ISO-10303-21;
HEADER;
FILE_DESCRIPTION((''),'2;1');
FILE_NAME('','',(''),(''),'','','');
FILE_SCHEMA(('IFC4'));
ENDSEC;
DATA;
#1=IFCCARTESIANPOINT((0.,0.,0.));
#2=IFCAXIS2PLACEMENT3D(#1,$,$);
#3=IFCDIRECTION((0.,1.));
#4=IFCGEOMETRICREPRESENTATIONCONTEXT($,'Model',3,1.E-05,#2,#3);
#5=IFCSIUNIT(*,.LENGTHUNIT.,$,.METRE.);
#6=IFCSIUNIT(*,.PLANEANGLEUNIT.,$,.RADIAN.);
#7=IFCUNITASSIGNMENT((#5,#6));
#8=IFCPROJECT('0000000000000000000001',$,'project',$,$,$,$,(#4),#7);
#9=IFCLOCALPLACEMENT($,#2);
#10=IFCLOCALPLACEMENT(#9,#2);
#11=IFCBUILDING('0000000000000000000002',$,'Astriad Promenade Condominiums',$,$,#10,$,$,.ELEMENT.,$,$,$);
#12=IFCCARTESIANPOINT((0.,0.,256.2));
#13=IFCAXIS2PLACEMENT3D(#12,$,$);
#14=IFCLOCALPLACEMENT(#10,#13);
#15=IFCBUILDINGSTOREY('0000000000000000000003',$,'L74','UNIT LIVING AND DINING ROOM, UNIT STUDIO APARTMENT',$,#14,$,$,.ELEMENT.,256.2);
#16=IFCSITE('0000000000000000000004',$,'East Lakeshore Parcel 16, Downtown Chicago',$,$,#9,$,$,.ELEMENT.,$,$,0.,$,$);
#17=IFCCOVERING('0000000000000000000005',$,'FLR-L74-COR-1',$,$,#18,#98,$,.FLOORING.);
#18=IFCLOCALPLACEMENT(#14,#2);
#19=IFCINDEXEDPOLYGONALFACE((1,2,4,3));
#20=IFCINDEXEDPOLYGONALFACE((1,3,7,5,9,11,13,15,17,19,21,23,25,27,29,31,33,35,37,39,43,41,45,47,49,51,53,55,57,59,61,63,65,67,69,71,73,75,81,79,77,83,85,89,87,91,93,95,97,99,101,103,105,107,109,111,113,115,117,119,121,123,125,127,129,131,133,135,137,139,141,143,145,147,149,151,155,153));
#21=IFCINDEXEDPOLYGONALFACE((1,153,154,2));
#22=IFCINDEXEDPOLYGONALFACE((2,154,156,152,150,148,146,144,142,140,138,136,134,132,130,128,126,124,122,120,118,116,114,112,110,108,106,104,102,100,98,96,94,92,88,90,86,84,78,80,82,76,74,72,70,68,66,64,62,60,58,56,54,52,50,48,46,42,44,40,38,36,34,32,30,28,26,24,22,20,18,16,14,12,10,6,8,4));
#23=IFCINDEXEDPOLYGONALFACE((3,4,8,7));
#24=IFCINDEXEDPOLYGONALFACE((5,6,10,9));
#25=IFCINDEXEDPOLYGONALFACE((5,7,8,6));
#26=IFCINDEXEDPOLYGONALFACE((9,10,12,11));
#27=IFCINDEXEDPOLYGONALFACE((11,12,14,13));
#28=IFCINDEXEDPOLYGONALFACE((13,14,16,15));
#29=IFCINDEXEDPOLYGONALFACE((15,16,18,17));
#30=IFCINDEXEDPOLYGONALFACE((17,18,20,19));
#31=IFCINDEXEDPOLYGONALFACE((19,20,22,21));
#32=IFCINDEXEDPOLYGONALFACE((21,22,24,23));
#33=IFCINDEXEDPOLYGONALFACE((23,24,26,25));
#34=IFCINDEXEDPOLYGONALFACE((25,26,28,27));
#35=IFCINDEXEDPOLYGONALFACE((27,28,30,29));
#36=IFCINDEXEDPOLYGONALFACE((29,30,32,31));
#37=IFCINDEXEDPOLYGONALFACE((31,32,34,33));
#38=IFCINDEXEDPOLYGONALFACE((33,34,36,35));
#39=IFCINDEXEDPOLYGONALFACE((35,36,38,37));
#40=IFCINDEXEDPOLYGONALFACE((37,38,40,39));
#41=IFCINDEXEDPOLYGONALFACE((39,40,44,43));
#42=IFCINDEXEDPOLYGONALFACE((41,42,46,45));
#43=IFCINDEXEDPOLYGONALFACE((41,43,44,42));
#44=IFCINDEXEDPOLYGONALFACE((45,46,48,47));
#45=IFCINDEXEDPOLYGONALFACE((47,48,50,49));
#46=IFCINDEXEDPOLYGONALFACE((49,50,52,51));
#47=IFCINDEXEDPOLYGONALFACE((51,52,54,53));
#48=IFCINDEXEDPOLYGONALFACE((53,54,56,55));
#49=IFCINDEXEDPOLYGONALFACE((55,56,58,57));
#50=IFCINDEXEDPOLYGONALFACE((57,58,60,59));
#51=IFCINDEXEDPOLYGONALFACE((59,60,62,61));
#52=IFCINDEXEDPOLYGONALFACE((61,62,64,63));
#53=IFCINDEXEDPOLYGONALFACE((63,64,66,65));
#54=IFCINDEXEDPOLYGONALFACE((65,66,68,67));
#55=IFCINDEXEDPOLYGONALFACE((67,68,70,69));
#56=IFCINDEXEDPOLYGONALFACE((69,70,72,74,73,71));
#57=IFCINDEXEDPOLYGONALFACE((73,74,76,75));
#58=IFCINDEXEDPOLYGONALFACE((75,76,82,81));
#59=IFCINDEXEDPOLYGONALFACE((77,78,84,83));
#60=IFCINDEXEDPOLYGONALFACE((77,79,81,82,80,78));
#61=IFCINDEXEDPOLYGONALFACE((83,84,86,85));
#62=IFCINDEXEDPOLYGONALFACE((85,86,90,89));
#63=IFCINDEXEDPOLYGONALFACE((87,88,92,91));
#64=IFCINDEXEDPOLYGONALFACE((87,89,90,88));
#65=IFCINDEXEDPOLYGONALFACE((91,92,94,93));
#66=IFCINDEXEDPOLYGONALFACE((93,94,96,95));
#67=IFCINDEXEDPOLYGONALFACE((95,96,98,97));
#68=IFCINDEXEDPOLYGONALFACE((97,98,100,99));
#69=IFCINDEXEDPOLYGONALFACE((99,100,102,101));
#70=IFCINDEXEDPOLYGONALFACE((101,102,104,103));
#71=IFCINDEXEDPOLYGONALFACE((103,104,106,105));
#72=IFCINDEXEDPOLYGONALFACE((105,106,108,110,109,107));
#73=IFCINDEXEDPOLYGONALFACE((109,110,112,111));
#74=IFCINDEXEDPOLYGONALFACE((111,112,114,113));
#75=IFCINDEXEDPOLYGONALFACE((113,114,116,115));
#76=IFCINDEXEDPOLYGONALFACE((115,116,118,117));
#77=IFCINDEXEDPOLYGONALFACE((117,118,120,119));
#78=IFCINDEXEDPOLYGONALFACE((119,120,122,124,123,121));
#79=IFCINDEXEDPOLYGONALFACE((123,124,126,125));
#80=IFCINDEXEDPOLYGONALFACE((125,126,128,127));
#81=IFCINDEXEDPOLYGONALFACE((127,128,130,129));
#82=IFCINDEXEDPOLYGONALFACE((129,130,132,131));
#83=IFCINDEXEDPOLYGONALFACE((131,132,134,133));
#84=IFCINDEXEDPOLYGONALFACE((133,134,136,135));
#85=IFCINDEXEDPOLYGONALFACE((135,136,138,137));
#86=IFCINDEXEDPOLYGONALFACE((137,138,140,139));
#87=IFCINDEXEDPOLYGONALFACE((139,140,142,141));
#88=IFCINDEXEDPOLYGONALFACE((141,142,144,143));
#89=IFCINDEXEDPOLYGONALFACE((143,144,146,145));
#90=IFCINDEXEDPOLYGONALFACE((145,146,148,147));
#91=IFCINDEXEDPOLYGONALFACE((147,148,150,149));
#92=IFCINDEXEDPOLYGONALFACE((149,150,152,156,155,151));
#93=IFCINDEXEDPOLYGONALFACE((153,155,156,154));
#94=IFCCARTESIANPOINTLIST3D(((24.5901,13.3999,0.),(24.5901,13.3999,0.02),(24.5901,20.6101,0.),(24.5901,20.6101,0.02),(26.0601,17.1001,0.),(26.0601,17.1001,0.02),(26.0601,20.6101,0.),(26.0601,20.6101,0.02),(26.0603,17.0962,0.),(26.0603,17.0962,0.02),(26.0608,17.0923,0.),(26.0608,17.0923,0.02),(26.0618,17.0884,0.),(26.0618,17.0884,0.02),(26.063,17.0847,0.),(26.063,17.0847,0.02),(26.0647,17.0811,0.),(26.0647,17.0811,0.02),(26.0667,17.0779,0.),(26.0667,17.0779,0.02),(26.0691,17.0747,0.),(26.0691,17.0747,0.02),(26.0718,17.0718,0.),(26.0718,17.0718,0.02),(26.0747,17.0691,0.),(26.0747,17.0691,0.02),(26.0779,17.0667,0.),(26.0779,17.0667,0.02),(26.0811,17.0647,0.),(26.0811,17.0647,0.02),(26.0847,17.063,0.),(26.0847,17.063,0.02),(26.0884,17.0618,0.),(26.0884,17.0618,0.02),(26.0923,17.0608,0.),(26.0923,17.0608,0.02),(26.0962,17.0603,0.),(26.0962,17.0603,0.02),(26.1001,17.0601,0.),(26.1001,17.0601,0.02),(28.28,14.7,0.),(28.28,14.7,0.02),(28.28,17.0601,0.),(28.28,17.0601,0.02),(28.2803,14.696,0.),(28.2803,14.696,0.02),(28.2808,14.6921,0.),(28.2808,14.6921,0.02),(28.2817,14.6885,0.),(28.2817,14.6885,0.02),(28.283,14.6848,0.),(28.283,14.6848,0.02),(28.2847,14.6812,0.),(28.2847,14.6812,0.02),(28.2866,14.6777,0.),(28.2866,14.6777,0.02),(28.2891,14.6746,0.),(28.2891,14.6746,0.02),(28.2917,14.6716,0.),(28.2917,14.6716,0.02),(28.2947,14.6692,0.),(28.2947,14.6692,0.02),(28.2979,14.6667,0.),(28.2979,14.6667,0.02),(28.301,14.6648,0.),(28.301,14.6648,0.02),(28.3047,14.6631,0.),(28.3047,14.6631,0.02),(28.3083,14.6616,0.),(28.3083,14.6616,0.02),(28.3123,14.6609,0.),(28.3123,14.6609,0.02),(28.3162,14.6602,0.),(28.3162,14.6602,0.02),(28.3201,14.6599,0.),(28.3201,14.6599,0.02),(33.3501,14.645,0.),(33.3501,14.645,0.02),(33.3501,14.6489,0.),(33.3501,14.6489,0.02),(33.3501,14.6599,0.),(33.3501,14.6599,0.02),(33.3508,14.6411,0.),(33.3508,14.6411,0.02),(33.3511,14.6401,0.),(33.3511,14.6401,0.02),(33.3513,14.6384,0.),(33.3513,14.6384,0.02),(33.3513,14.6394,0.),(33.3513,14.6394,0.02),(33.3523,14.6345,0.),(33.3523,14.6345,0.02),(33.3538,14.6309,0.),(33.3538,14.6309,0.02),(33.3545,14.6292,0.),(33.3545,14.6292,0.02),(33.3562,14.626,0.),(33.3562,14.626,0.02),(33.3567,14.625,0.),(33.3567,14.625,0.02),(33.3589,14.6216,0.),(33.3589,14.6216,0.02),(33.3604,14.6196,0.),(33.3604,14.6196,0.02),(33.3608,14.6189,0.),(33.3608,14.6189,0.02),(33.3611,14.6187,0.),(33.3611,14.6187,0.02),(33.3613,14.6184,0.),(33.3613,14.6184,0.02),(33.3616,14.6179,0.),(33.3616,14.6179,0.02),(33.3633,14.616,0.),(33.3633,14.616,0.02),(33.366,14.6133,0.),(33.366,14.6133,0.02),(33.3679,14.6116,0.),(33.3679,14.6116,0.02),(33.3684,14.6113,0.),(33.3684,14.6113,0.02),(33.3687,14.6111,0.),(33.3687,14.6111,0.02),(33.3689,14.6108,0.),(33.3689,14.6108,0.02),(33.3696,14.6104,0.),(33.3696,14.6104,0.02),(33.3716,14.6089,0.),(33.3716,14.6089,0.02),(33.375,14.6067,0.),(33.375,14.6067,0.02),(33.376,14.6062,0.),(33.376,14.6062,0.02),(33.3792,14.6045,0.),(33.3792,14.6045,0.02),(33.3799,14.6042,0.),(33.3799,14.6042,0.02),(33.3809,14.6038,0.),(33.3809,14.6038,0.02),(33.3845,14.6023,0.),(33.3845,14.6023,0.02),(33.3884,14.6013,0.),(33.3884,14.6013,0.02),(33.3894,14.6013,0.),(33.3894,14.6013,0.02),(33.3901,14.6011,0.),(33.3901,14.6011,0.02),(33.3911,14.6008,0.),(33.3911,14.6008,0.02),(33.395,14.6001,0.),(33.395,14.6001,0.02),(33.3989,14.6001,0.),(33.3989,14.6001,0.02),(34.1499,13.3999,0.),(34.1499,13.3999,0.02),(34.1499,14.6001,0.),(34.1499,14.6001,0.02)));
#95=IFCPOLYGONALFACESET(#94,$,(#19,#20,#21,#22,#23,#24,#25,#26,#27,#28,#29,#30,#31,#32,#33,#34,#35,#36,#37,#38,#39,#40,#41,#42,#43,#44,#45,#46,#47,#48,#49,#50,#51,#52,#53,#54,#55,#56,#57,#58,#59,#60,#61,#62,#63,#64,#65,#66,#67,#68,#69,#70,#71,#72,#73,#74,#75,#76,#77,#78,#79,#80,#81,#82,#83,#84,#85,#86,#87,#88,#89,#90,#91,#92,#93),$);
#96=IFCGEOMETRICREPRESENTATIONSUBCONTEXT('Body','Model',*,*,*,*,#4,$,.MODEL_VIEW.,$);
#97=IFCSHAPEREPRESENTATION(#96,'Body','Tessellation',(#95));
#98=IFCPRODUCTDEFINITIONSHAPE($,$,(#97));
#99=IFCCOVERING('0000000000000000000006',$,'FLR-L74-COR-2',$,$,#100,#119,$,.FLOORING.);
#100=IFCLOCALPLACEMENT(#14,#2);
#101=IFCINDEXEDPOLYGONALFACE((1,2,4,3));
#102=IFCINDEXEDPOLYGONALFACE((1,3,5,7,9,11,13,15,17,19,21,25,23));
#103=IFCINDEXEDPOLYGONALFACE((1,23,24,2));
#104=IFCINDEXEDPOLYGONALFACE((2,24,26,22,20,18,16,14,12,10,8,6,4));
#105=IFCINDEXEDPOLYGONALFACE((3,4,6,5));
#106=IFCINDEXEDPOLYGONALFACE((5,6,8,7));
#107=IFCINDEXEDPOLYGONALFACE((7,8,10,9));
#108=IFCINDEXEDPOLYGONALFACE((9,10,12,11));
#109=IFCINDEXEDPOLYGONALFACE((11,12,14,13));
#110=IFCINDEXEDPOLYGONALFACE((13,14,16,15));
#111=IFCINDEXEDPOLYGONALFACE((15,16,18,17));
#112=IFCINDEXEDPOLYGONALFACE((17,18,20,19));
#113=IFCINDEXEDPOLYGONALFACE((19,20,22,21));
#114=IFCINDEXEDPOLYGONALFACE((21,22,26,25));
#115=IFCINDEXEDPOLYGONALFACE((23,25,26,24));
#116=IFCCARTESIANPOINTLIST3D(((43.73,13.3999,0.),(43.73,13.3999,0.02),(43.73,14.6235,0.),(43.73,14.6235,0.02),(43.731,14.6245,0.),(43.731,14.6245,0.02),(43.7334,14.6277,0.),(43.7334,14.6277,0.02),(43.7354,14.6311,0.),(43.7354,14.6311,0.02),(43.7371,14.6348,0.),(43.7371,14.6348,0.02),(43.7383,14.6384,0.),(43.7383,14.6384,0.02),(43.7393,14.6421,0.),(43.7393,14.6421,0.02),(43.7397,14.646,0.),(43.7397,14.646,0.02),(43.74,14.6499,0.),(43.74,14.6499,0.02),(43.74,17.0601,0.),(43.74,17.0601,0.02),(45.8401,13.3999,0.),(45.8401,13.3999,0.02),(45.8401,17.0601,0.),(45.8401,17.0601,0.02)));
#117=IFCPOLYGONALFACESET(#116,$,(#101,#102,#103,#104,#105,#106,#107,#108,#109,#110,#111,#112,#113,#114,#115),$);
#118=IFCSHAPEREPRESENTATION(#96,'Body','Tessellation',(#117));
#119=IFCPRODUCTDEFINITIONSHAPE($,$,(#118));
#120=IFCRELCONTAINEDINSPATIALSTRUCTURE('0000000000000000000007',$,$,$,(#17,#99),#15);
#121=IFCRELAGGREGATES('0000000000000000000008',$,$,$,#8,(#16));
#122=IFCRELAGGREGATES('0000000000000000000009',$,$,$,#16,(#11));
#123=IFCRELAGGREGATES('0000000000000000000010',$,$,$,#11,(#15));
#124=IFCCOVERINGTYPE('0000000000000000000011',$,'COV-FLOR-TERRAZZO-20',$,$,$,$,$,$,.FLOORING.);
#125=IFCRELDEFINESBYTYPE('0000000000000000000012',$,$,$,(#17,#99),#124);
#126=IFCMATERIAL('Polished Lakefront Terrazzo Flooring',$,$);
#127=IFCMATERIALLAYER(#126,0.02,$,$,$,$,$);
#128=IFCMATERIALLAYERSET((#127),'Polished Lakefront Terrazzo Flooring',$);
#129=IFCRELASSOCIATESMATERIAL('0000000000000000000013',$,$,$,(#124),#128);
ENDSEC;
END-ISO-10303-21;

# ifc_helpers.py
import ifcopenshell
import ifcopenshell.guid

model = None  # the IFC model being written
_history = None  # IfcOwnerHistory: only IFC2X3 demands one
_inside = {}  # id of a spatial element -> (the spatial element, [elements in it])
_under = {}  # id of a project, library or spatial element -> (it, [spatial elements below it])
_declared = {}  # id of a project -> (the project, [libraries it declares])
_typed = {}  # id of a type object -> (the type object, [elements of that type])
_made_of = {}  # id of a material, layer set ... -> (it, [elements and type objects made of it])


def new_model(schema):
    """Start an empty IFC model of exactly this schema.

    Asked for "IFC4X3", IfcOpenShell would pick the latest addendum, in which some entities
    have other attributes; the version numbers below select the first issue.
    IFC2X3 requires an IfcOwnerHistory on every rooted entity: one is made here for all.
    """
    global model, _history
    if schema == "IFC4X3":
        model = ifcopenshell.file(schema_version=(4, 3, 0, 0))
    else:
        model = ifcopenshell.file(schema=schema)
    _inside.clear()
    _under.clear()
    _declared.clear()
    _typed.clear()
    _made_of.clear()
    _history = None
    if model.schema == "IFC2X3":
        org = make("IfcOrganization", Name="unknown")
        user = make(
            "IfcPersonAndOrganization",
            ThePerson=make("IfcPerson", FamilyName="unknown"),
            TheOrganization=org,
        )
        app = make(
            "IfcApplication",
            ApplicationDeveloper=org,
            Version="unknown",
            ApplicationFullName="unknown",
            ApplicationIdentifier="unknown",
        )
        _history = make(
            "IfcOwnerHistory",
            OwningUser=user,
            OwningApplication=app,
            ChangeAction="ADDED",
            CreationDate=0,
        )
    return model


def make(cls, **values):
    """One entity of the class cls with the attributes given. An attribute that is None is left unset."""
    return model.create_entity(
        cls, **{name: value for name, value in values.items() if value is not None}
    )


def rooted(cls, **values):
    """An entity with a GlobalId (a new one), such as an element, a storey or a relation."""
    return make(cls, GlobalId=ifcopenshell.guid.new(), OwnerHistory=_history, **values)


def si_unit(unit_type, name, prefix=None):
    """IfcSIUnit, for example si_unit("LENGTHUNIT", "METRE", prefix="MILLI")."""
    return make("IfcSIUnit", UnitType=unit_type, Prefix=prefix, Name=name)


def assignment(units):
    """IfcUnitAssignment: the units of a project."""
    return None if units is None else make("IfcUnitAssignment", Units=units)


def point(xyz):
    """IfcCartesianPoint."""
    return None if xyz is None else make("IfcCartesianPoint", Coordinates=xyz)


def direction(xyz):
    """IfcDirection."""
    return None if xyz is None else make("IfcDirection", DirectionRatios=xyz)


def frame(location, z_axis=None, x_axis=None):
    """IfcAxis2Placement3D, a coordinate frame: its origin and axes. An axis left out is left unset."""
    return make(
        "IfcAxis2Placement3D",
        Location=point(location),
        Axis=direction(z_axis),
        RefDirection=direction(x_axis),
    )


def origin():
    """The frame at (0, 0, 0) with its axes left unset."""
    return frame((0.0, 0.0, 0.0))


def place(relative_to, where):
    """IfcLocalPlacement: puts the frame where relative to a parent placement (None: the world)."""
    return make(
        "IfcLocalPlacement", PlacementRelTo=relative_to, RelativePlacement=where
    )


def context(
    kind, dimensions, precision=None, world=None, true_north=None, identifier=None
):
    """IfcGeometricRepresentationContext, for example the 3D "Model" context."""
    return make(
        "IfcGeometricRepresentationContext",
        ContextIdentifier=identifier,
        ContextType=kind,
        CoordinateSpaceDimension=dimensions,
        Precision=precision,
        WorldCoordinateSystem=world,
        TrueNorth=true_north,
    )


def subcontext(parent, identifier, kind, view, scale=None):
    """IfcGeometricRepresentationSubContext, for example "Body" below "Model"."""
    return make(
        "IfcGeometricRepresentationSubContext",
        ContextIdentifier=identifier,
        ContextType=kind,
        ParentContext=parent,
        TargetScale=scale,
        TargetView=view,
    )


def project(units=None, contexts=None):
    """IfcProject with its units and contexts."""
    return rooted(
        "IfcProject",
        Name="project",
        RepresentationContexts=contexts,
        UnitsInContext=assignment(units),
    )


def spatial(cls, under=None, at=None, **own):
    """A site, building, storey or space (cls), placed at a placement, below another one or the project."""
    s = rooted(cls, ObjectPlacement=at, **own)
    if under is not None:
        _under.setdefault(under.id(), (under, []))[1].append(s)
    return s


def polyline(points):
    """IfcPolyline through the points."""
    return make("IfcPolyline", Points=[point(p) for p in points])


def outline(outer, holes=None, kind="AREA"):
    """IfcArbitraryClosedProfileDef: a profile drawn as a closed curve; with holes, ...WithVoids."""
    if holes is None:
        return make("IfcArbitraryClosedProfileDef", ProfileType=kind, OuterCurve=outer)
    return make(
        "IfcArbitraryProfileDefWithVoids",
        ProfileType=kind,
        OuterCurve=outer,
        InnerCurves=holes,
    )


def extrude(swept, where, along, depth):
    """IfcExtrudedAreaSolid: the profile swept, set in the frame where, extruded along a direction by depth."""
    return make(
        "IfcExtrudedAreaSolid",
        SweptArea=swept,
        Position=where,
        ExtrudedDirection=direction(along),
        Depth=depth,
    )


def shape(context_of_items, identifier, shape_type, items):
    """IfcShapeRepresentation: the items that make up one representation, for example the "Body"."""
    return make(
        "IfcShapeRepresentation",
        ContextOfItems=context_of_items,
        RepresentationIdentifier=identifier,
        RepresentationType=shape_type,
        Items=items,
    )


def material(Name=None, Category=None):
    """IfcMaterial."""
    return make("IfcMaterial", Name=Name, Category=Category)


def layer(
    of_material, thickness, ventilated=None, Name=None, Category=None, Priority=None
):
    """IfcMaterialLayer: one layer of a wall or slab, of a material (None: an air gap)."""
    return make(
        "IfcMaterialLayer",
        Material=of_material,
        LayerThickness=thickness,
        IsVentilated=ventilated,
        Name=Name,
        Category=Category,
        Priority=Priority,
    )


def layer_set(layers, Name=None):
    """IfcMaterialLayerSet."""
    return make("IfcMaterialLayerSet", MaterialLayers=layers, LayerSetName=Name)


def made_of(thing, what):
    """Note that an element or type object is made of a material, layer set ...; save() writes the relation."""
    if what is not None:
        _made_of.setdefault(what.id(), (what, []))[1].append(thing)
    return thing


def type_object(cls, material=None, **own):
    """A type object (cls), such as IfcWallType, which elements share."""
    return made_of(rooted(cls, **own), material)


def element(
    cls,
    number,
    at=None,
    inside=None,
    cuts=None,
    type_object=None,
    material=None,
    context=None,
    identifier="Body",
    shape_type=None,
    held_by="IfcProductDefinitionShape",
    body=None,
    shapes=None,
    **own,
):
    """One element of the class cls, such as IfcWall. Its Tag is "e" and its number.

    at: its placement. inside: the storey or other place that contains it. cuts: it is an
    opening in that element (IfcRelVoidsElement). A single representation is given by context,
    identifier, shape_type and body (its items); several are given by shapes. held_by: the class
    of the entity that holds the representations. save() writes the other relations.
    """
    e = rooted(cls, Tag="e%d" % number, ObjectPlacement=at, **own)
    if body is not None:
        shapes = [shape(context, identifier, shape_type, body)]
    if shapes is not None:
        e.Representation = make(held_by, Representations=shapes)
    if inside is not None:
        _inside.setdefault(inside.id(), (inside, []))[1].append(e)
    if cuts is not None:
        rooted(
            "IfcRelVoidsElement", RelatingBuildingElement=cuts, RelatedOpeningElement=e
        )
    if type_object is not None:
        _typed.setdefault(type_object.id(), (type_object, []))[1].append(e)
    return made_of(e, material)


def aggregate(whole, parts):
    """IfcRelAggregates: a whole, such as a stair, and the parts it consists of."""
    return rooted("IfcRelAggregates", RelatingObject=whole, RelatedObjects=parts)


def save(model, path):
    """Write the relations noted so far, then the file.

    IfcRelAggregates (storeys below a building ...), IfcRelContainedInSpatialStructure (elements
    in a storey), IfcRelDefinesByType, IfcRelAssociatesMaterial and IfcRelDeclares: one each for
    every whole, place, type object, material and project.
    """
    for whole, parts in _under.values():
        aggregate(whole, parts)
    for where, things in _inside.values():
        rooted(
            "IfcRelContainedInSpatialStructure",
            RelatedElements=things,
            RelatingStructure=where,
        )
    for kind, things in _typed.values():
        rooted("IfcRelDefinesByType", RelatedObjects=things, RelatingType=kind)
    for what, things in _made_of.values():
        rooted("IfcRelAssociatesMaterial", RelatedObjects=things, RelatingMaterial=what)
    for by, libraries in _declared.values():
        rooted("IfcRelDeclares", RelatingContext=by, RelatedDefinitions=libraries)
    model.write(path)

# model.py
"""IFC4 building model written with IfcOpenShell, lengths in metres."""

from ifc_helpers import new_model, si_unit, direction, frame, origin, place, context, subcontext, project, spatial, polyline, outline, extrude, material, layer, layer_set, type_object, element, save


model = new_model("IFC4")

# Units and contexts
model_context = context("Model", 3, precision=1e-05, world=origin(), true_north=direction((0.0, 1.0)))
body_context = subcontext(model_context, "Body", "Model", "MODEL_VIEW")
ifc_project = project(units=[si_unit("LENGTHUNIT", "METRE"), si_unit("PLANEANGLEUNIT", "RADIAN")], contexts=[model_context])

# Site, building, storey
site_placement = place(None, origin())
site = spatial("IfcSite", under=ifc_project, at=site_placement, Name="East Lakeshore Parcel 16, Downtown Chicago", CompositionType="ELEMENT", RefElevation=0.0)
building_placement = place(site_placement, origin())
building = spatial("IfcBuilding", under=site, at=building_placement, Name="Astriad Promenade Condominiums", CompositionType="ELEMENT")
storey_placement = place(building_placement, frame((0.0, 0.0, 256.2)))
storey = spatial("IfcBuildingStorey", under=building, at=storey_placement, Name="L74", Description="UNIT LIVING AND DINING ROOM, UNIT STUDIO APARTMENT", CompositionType="ELEMENT", Elevation=256.2)

# Coverings
ifc_material_1 = material(Name="Polished Lakefront Terrazzo Flooring")
ifc_layer_1 = layer(ifc_material_1, 0.02)
ifc_layer_set_1 = layer_set([ifc_layer_1], Name="Polished Lakefront Terrazzo Flooring")
covering_type = type_object("IfcCoveringType", Name="COV-FLOR-TERRAZZO-20", PredefinedType="FLOORING", material=ifc_layer_set_1)
covering_1_placement = place(storey_placement, origin())
element("IfcCovering", 1, at=covering_1_placement, inside=storey, type_object=covering_type, Name="FLR-L74-COR-1", PredefinedType="FLOORING", context=body_context, shape_type="SweptSolid", body=[
    extrude(outline(polyline([(24.5901, 13.3999), (24.5901, 20.6101), (26.0601, 20.6101), (26.0601, 17.1001), (26.0603, 17.0962), (26.0608, 17.0923), (26.0618, 17.0884), (26.063, 17.0847), (26.0647, 17.0811), (26.0667, 17.0779), (26.0691, 17.0747), (26.0718, 17.0718), (26.0747, 17.0691), (26.0779, 17.0667), (26.0811, 17.0647), (26.0847, 17.063), (26.0884, 17.0618), (26.0923, 17.0608), (26.0962, 17.0603), (26.1001, 17.0601), (28.28, 17.0601), (28.28, 14.7), (28.2803, 14.696), (28.2808, 14.6921), (28.2817, 14.6885), (28.283, 14.6848), (28.2847, 14.6812), (28.2866, 14.6777), (28.2891, 14.6746), (28.2917, 14.6716), (28.2947, 14.6692), (28.2979, 14.6667), (28.301, 14.6648), (28.3047, 14.6631), (28.3083, 14.6616), (28.3123, 14.6609), (28.3162, 14.6602), (28.3201, 14.6599), (33.3501, 14.6599), (33.3501, 14.6489), (33.3501, 14.645), (33.3508, 14.6411), (33.3511, 14.6401), (33.3513, 14.6394), (33.3513, 14.6384), (33.3523, 14.6345), (33.3538, 14.6309), (33.3545, 14.6292), (33.3562, 14.626), (33.3567, 14.625), (33.3589, 14.6216), (33.3604, 14.6196), (33.3608, 14.6189), (33.3611, 14.6187), (33.3613, 14.6184), (33.3616, 14.6179), (33.3633, 14.616), (33.366, 14.6133), (33.3679, 14.6116), (33.3684, 14.6113), (33.3687, 14.6111), (33.3689, 14.6108), (33.3696, 14.6104), (33.3716, 14.6089), (33.375, 14.6067), (33.376, 14.6062), (33.3792, 14.6045), (33.3799, 14.6042), (33.3809, 14.6038), (33.3845, 14.6023), (33.3884, 14.6013), (33.3894, 14.6013), (33.3901, 14.6011), (33.3911, 14.6008), (33.395, 14.6001), (33.3989, 14.6001), (34.1499, 14.6001), (34.1499, 13.3999), (24.5901, 13.3999)])), origin(), (0.0, 0.0, 1.0), 0.02),
])
covering_2_placement = place(storey_placement, origin())
element("IfcCovering", 2, at=covering_2_placement, inside=storey, type_object=covering_type, Name="FLR-L74-COR-2", PredefinedType="FLOORING", context=body_context, shape_type="SweptSolid", body=[
    extrude(outline(polyline([(43.73, 14.6235), (43.731, 14.6245), (43.7334, 14.6277), (43.7354, 14.6311), (43.7371, 14.6348), (43.7383, 14.6384), (43.7393, 14.6421), (43.7397, 14.646), (43.74, 14.6499), (43.74, 17.0601), (45.8401, 17.0601), (45.8401, 13.3999), (43.73, 13.3999), (43.73, 14.6235)])), origin(), (0.0, 0.0, 1.0), 0.02),
])

save(model, "model.ifc")
